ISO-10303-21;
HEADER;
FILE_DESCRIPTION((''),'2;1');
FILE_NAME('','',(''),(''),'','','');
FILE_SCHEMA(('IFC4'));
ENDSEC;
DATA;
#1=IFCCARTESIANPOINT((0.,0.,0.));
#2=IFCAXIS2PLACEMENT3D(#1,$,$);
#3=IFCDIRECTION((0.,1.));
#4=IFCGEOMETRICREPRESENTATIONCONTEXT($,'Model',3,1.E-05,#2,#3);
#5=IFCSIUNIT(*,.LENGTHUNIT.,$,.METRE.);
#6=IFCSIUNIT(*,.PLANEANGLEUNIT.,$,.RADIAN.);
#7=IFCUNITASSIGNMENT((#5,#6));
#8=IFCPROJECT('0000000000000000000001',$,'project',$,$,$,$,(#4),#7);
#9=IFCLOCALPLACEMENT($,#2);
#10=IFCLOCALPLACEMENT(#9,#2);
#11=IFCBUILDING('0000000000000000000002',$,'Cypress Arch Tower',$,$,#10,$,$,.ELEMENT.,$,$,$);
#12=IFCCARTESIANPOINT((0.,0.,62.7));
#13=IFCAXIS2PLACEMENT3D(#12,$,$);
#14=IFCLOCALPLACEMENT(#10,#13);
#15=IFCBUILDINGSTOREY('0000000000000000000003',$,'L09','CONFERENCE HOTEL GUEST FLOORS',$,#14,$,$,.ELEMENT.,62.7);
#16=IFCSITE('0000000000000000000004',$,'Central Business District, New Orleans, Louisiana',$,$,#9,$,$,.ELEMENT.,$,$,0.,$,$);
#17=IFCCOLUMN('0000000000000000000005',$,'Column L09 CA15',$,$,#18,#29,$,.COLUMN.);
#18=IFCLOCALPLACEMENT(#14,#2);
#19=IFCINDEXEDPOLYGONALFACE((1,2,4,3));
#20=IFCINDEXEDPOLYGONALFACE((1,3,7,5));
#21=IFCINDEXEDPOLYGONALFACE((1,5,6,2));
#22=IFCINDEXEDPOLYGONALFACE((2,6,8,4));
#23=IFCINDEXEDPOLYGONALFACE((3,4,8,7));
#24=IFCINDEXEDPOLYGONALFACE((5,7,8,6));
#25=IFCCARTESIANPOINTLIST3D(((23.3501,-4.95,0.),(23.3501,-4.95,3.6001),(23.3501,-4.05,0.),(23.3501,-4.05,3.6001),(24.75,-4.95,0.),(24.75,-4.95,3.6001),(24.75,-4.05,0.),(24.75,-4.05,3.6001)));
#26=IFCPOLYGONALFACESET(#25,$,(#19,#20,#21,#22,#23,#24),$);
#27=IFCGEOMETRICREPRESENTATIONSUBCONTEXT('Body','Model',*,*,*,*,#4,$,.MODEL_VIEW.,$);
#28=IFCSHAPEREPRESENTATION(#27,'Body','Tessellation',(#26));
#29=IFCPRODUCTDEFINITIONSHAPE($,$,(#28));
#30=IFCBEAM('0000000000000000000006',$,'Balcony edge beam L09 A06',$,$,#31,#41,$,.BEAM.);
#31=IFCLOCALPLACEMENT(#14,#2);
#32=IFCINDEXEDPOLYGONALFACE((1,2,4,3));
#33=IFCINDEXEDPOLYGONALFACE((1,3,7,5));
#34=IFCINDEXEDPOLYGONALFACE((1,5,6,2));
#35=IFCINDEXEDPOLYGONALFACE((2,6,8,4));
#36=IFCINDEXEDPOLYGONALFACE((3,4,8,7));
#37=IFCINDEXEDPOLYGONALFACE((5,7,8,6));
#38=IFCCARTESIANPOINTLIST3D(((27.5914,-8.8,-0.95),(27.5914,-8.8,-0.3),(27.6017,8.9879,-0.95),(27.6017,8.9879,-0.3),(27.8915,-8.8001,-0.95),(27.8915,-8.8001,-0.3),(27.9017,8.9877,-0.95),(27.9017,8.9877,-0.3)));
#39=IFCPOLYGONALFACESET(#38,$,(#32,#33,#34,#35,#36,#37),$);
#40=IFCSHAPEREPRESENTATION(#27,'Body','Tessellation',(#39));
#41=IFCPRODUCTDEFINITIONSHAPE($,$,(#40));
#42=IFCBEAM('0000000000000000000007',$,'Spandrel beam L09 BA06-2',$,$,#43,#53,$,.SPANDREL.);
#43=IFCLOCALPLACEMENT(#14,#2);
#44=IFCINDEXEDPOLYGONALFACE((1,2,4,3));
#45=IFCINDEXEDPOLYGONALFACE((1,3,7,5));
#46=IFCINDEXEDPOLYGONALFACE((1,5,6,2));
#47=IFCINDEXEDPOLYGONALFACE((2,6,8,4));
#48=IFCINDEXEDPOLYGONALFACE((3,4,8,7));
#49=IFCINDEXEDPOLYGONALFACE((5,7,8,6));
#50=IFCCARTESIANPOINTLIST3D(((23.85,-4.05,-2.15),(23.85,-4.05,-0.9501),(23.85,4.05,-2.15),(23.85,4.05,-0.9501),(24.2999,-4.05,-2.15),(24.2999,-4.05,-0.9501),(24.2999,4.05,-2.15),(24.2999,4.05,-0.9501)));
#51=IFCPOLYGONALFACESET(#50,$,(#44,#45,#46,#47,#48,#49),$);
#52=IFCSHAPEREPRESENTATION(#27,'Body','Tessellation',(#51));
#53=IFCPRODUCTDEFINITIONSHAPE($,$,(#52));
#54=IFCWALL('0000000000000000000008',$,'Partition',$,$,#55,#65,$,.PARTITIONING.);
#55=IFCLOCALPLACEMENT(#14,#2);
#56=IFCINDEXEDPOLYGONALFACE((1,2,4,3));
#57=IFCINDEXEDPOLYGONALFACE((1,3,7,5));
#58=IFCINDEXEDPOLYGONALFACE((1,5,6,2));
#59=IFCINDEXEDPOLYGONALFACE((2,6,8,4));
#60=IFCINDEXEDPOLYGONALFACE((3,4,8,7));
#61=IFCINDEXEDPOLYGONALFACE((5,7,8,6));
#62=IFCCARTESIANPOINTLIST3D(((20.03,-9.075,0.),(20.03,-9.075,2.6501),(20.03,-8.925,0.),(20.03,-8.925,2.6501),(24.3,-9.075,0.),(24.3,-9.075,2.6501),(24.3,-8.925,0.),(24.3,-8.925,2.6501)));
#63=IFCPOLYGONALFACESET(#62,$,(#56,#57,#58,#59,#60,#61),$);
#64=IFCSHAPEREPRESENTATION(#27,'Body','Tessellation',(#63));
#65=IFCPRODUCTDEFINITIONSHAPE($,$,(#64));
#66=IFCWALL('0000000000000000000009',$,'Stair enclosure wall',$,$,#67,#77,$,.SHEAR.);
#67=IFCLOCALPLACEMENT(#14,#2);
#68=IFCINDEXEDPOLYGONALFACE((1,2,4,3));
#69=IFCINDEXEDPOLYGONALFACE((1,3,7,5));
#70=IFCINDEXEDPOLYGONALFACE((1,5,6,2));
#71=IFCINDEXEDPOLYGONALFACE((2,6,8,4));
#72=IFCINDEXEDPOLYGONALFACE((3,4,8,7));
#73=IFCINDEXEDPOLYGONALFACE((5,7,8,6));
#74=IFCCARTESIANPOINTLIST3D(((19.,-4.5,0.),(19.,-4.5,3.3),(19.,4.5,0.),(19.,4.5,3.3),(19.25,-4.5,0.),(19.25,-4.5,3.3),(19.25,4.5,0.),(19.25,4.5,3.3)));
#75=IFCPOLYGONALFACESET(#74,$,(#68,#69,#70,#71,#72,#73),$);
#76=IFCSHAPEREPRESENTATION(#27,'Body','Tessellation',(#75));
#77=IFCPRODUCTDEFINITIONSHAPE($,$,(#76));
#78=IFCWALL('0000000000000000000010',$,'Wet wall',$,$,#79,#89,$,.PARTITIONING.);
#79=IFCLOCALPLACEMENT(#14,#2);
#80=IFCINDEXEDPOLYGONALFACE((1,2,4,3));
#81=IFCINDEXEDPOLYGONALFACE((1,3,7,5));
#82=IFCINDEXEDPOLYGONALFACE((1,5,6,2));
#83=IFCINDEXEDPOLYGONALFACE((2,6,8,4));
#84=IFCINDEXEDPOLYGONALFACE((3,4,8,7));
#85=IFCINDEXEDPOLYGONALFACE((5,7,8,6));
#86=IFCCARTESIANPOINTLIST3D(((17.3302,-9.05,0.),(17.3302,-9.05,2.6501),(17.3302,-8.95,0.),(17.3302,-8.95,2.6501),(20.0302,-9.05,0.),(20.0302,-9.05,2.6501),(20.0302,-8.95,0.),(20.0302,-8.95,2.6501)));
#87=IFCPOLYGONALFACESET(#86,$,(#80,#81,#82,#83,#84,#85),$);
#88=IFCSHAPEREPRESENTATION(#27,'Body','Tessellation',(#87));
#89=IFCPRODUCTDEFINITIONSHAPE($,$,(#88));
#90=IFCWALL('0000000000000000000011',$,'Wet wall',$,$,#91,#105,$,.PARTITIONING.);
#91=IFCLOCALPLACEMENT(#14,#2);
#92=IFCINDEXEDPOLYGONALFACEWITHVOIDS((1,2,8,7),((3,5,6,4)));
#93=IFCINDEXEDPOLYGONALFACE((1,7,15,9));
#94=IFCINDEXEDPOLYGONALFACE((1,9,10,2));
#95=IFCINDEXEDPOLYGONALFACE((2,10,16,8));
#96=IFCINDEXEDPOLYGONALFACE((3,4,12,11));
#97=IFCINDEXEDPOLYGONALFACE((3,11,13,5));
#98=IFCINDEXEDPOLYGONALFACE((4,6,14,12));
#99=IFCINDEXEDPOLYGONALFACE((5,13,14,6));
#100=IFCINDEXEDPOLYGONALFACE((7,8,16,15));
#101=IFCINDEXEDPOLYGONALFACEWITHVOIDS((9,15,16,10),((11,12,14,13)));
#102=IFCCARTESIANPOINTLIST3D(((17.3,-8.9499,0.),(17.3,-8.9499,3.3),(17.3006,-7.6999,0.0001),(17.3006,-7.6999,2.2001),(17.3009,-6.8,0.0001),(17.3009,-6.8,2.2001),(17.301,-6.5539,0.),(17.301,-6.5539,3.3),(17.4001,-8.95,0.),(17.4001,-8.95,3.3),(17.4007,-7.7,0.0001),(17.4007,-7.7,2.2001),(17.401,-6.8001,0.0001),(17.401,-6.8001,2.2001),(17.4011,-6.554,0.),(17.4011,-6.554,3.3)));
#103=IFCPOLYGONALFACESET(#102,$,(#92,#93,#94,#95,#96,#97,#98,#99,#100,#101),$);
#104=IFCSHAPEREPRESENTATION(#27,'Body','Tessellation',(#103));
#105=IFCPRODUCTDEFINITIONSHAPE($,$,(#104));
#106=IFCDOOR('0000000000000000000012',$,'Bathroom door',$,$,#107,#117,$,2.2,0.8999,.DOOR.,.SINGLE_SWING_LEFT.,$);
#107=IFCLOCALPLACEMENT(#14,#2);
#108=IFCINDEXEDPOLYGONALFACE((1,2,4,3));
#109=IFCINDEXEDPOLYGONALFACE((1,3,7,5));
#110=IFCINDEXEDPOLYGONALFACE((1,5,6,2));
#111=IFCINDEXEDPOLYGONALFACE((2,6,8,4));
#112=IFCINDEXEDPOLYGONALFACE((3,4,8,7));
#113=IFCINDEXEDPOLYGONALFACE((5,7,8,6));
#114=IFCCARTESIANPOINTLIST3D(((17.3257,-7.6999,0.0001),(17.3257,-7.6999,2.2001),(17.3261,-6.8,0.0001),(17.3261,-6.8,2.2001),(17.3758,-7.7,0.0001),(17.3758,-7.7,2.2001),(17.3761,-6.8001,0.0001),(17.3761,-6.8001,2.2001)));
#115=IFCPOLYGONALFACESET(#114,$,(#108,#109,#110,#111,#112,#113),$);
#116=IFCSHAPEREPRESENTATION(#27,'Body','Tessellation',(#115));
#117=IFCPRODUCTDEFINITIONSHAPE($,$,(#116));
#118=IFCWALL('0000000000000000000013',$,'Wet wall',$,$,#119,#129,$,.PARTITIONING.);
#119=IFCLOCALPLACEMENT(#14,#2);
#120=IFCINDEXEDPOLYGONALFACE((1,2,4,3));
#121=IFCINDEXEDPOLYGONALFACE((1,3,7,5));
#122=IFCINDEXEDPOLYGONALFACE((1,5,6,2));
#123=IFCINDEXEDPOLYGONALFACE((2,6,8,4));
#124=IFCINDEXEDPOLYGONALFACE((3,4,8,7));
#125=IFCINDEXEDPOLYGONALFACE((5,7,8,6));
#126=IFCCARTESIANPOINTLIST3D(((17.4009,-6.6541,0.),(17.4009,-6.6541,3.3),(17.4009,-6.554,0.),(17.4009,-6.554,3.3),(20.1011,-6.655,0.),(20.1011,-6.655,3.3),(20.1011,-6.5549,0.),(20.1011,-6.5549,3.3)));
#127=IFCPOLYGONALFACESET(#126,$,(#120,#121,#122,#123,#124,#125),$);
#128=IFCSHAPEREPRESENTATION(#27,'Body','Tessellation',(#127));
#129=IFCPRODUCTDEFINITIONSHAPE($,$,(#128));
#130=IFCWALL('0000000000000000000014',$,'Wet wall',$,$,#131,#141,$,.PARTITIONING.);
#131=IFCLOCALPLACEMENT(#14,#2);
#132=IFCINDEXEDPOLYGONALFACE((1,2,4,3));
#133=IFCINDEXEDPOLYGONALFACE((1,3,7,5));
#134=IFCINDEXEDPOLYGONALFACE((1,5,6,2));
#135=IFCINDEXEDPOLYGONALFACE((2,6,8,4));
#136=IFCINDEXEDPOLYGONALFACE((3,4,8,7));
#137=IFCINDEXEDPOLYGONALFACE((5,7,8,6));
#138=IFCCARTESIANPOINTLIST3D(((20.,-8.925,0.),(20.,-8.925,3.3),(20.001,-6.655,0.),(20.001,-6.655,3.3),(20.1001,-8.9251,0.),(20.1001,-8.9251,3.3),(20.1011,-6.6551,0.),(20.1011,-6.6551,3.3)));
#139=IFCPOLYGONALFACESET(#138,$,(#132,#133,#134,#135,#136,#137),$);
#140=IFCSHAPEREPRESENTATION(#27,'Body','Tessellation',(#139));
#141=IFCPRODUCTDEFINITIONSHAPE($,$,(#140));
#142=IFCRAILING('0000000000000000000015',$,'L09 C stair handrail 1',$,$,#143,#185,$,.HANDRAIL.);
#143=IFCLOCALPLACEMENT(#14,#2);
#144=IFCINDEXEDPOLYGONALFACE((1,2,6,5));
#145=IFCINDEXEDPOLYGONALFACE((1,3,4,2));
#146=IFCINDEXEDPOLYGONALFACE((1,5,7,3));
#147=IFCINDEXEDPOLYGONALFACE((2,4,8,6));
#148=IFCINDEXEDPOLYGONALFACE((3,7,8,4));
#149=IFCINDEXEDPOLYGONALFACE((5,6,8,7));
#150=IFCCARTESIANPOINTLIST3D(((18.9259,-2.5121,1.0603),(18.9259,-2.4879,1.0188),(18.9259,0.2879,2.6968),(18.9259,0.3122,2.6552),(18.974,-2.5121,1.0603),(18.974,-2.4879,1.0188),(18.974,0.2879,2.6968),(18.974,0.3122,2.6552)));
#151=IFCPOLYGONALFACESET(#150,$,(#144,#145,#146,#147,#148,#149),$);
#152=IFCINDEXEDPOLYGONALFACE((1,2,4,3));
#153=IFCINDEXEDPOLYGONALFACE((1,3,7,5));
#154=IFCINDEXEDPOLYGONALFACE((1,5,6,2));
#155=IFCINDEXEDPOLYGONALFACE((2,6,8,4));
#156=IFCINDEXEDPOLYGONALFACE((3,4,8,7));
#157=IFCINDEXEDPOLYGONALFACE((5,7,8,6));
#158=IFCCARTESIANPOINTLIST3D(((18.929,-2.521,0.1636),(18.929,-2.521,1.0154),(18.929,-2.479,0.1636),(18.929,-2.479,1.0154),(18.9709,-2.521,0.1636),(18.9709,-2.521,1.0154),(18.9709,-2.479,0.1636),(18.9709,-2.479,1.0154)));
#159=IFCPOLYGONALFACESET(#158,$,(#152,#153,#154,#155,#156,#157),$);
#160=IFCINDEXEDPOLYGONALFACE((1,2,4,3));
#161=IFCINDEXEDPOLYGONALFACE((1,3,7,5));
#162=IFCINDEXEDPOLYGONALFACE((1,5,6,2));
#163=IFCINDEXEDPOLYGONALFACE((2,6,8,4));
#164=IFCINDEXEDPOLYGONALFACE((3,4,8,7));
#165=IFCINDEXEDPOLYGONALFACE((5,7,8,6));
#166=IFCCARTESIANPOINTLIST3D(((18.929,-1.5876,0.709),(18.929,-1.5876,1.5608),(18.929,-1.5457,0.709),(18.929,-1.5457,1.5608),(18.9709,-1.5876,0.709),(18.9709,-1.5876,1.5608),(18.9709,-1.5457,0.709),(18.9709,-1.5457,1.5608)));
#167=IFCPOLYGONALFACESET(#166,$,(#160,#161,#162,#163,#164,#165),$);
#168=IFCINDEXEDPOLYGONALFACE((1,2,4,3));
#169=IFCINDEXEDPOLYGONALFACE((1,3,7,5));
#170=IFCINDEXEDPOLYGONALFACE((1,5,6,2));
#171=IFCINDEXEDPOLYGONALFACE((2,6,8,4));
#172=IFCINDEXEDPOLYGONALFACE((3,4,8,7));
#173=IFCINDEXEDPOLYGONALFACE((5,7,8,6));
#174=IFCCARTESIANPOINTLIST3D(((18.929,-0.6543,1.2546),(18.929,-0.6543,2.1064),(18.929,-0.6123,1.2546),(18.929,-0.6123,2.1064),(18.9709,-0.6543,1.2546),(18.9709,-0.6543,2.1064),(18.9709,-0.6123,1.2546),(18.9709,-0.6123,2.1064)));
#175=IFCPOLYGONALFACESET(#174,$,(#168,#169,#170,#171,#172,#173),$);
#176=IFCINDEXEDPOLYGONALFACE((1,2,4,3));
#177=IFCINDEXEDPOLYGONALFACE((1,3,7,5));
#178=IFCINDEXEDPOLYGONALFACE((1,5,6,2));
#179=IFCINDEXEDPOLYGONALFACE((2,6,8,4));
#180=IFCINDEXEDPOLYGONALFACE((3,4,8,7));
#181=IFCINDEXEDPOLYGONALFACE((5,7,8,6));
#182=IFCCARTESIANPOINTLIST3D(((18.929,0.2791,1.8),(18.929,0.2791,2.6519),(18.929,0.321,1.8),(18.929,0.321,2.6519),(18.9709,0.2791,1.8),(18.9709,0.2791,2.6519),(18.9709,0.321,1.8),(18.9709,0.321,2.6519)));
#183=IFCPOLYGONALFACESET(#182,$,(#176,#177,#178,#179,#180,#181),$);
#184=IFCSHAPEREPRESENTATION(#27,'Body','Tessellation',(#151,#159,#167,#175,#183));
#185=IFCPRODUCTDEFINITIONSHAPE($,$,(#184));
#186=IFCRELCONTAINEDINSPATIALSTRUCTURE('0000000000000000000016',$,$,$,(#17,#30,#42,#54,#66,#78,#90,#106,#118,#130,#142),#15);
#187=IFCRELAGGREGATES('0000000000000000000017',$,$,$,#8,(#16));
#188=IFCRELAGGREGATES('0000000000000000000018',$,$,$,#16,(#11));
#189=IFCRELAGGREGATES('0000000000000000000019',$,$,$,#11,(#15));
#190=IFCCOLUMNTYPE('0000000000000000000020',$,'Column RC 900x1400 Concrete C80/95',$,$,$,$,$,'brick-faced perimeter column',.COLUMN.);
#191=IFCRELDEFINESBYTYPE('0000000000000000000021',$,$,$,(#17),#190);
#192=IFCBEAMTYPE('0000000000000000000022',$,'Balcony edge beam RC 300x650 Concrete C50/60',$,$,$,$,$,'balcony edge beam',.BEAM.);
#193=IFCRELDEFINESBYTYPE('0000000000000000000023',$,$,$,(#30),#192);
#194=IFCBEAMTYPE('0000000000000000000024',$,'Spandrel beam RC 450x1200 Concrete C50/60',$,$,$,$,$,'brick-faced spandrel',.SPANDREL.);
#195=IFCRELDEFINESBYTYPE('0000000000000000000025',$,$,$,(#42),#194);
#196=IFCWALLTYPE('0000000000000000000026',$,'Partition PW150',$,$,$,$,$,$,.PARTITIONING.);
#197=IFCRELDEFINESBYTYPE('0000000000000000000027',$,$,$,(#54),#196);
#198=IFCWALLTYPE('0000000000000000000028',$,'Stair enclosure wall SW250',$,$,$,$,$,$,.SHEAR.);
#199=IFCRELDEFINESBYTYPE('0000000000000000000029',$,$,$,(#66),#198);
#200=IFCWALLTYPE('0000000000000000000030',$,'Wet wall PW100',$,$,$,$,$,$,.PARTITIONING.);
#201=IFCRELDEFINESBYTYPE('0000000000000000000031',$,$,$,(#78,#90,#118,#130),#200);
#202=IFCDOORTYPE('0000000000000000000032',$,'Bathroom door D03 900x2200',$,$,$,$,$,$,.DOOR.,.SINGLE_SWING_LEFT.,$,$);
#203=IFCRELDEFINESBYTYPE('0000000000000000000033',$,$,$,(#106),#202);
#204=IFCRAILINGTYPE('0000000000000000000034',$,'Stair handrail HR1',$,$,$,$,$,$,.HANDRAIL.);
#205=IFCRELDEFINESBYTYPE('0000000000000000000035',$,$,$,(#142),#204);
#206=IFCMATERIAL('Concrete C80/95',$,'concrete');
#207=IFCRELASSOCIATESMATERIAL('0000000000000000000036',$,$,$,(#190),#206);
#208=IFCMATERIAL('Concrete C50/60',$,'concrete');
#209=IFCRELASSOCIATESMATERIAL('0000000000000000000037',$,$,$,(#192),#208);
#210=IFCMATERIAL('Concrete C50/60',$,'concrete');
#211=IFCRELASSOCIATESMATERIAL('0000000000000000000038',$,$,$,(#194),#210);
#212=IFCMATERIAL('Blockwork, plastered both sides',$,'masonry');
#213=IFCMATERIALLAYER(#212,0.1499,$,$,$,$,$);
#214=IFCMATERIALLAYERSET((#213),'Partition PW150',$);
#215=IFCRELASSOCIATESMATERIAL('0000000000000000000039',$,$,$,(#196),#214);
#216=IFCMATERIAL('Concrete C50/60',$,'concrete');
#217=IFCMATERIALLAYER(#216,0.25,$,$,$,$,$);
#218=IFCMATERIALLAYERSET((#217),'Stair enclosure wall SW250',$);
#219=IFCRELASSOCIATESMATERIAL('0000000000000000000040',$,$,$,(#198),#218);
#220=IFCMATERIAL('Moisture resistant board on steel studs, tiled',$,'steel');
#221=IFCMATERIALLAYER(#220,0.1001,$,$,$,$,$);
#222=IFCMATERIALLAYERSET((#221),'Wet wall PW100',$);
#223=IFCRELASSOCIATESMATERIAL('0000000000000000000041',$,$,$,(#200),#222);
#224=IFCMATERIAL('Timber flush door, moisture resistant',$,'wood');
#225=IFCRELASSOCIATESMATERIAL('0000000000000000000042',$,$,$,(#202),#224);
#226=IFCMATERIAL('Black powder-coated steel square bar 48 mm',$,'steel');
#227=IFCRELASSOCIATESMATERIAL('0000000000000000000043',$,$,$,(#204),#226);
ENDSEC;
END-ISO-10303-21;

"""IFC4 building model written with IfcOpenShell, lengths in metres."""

from ifc_helpers import new_model, si_unit, direction, frame, frame_2d, origin, origin_2d, place, context, subcontext, project, spatial, rectangle, extrude, material, layer, layer_set, material_profile, profile_set, type_object, element, fill, save


model = new_model("IFC4")

# Units and contexts
model_context = context("Model", 3, precision=1e-05, world=origin(), true_north=direction((0.0, 1.0)))
body_context = subcontext(model_context, "Body", "Model", "MODEL_VIEW")
ifc_project = project(units=[si_unit("LENGTHUNIT", "METRE"), si_unit("PLANEANGLEUNIT", "RADIAN")], contexts=[model_context])

# Site, building, storey
site_placement = place(None, origin())
site = spatial("IfcSite", under=ifc_project, at=site_placement, Name="Central Business District, New Orleans, Louisiana", CompositionType="ELEMENT", RefElevation=0.0)
building_placement = place(site_placement, origin())
building = spatial("IfcBuilding", under=site, at=building_placement, Name="Cypress Arch Tower", CompositionType="ELEMENT")
storey_placement = place(building_placement, frame((0.0, 0.0, 62.7)))
storey = spatial("IfcBuildingStorey", under=building, at=storey_placement, Name="L09", Description="CONFERENCE HOTEL GUEST FLOORS", CompositionType="ELEMENT", Elevation=62.7)

# Column
ifc_material_1 = material(Name="Concrete C80/95", Category="concrete")
ifc_material_profile_1 = material_profile(ifc_material_1, rectangle(XDim=0.8999, YDim=1.3999, at=origin_2d()), Name="RC 900x1400")
ifc_profile_set_1 = profile_set([ifc_material_profile_1], Name="Concrete C80/95")
column_type = type_object("IfcColumnType", Name="Column RC 900x1400 Concrete C80/95", ElementType="brick-faced perimeter column", PredefinedType="COLUMN", material=ifc_profile_set_1)
column_placement = place(storey_placement, frame((24.05, -4.5, 0.0), z_axis=(0.0, 0.0, 1.0), x_axis=(0.0, 1.0, 0.0)))
element("IfcColumn", 1, at=column_placement, inside=storey, type_object=column_type, Name="Column L09 CA15", PredefinedType="COLUMN", context=body_context, shape_type="SweptSolid", body=[
    extrude(rectangle(XDim=0.8999, YDim=1.3999, at=origin_2d()), origin(), (0.0, 0.0, 1.0), 3.6001),
])

# Beams
ifc_material_2 = material(Name="Concrete C50/60", Category="concrete")
ifc_material_profile_2 = material_profile(ifc_material_2, rectangle(XDim=0.3, YDim=0.6499, at=origin_2d()), Name="RC 300x650")
ifc_profile_set_2 = profile_set([ifc_material_profile_2], Name="Concrete C50/60")
beam_type_1 = type_object("IfcBeamType", Name="Balcony edge beam RC 300x650 Concrete C50/60", ElementType="balcony edge beam", PredefinedType="BEAM", material=ifc_profile_set_2)
beam_1_placement = place(storey_placement, frame((27.7415, -8.8, -0.625), z_axis=(0.000576, 1.0, 0.0), x_axis=(-1.0, 0.000576, 0.0)))
element("IfcBeam", 2, at=beam_1_placement, inside=storey, type_object=beam_type_1, Name="Balcony edge beam L09 A06", PredefinedType="BEAM", context=body_context, shape_type="SweptSolid", body=[
    extrude(rectangle(XDim=0.3, YDim=0.6499, at=origin_2d()), origin(), (0.0, 0.0, 1.0), 17.7878),
])
ifc_material_3 = material(Name="Concrete C50/60", Category="concrete")
ifc_material_profile_3 = material_profile(ifc_material_3, rectangle(XDim=0.45, YDim=1.2, at=origin_2d()), Name="RC 450x1200")
ifc_profile_set_3 = profile_set([ifc_material_profile_3], Name="Concrete C50/60")
beam_type_2 = type_object("IfcBeamType", Name="Spandrel beam RC 450x1200 Concrete C50/60", ElementType="brick-faced spandrel", PredefinedType="SPANDREL", material=ifc_profile_set_3)
beam_2_placement = place(storey_placement, frame((24.075, -4.05, -1.55), z_axis=(0.0, 1.0, 0.0), x_axis=(-1.0, 0.0, 0.0)))
element("IfcBeam", 3, at=beam_2_placement, inside=storey, type_object=beam_type_2, Name="Spandrel beam L09 BA06-2", PredefinedType="SPANDREL", context=body_context, shape_type="SweptSolid", body=[
    extrude(rectangle(XDim=0.45, YDim=1.2, at=origin_2d()), origin(), (0.0, 0.0, 1.0), 8.1001),
])

# Walls
ifc_material_4 = material(Name="Blockwork, plastered both sides", Category="masonry")
ifc_layer_1 = layer(ifc_material_4, 0.1499)
ifc_layer_set_1 = layer_set([ifc_layer_1], Name="Partition PW150")
wall_type_1 = type_object("IfcWallType", Name="Partition PW150", PredefinedType="PARTITIONING", material=ifc_layer_set_1)
wall_1_placement = place(storey_placement, frame((20.03, -9.0, 0.0), z_axis=(0.0, 0.0, 1.0), x_axis=(1.0, 0.0, 0.0)))
element("IfcWall", 4, at=wall_1_placement, inside=storey, type_object=wall_type_1, Name="Partition", PredefinedType="PARTITIONING", context=body_context, shape_type="SweptSolid", body=[
    extrude(rectangle(XDim=4.27, YDim=0.1499, at=frame_2d((2.135, 0.0))), origin(), (0.0, 0.0, 1.0), 2.6501),
])
ifc_material_5 = material(Name="Concrete C50/60", Category="concrete")
ifc_layer_2 = layer(ifc_material_5, 0.25)
ifc_layer_set_2 = layer_set([ifc_layer_2], Name="Stair enclosure wall SW250")
wall_type_2 = type_object("IfcWallType", Name="Stair enclosure wall SW250", PredefinedType="SHEAR", material=ifc_layer_set_2)
wall_2_placement = place(storey_placement, frame((19.125, -4.5, 0.0), z_axis=(0.0, 0.0, 1.0), x_axis=(0.0, 1.0, 0.0)))
element("IfcWall", 5, at=wall_2_placement, inside=storey, type_object=wall_type_2, Name="Stair enclosure wall", PredefinedType="SHEAR", context=body_context, shape_type="SweptSolid", body=[
    extrude(rectangle(XDim=9.0, YDim=0.25, at=frame_2d((4.5, 0.0))), origin(), (0.0, 0.0, 1.0), 3.3),
])
ifc_material_6 = material(Name="Moisture resistant board on steel studs, tiled", Category="steel")
ifc_layer_3 = layer(ifc_material_6, 0.1001)
ifc_layer_set_3 = layer_set([ifc_layer_3], Name="Wet wall PW100")
wall_type_3 = type_object("IfcWallType", Name="Wet wall PW100", PredefinedType="PARTITIONING", material=ifc_layer_set_3)
wall_3_placement = place(storey_placement, frame((17.3301, -9.0, 0.0), z_axis=(0.0, 0.0, 1.0), x_axis=(1.0, 0.0, 0.0)))
element("IfcWall", 6, at=wall_3_placement, inside=storey, type_object=wall_type_3, Name="Wet wall", PredefinedType="PARTITIONING", context=body_context, shape_type="SweptSolid", body=[
    extrude(rectangle(XDim=2.7, YDim=0.1001, at=frame_2d((1.3501, 0.0))), origin(), (0.0, 0.0, 1.0), 2.6501),
])

# Wall, opening, door
wall_4_placement = place(storey_placement, frame((17.3501, -8.95, 0.0), z_axis=(0.0, 0.0, 1.0), x_axis=(0.000408, 1.0, 0.0)))
wall_4 = element("IfcWall", 7, at=wall_4_placement, inside=storey, type_object=wall_type_3, Name="Wet wall", PredefinedType="PARTITIONING", context=body_context, shape_type="SweptSolid", body=[
    extrude(rectangle(XDim=2.396, YDim=0.1001, at=frame_2d((1.198, 0.0))), origin(), (0.0, 0.0, 1.0), 3.3),
])
opening_1_placement = place(wall_4_placement, frame((1.25, 0.0, 0.0)))
opening_1 = element("IfcOpeningElement", 8, at=opening_1_placement, cuts=wall_4, PredefinedType="OPENING", context=body_context, shape_type="SweptSolid", body=[
    extrude(rectangle(XDim=0.8999, YDim=2.2, at=frame_2d((0.45, 1.1001))), frame((0.0, 0.0601, 0.0), z_axis=(0.0, -1.0, 0.0), x_axis=(1.0, 0.0, 0.0)), (0.0, 0.0, 1.0), 0.1201),
])
ifc_material_7 = material(Name="Timber flush door, moisture resistant", Category="wood")
door_type_1 = type_object("IfcDoorType", Name="Bathroom door D03 900x2200", OperationType="SINGLE_SWING_LEFT", PredefinedType="DOOR", material=ifc_material_7)
door_1_placement = place(opening_1_placement, origin())
door_1 = element("IfcDoor", 9, at=door_1_placement, inside=storey, type_object=door_type_1, Name="Bathroom door", OperationType="SINGLE_SWING_LEFT", OverallHeight=2.2, OverallWidth=0.8999, PredefinedType="DOOR", context=body_context, shape_type="SweptSolid", body=[
    extrude(rectangle(XDim=0.8999, YDim=2.2, at=frame_2d((0.45, 1.1001))), frame((0.0, 0.0249, 0.0), z_axis=(0.0, -1.0, 0.0), x_axis=(1.0, 0.0, 0.0)), (0.0, 0.0, 1.0), 0.05),
])
fill(opening_1, door_1)

# Walls
wall_5_placement = place(storey_placement, frame((17.4009, -6.604, 0.0), z_axis=(0.0, 0.0, 1.0), x_axis=(1.0, -0.000362, 0.0)))
element("IfcWall", 10, at=wall_5_placement, inside=storey, type_object=wall_type_3, Name="Wet wall", PredefinedType="PARTITIONING", context=body_context, shape_type="SweptSolid", body=[
    extrude(rectangle(XDim=2.7002, YDim=0.1001, at=frame_2d((1.3501, 0.0))), origin(), (0.0, 0.0, 1.0), 3.3),
])
wall_6_placement = place(storey_placement, frame((20.05, -8.925, 0.0), z_axis=(0.0, 0.0, 1.0), x_axis=(0.00043, 1.0, 0.0)))
element("IfcWall", 11, at=wall_6_placement, inside=storey, type_object=wall_type_3, Name="Wet wall", PredefinedType="PARTITIONING", context=body_context, shape_type="SweptSolid", body=[
    extrude(rectangle(XDim=2.27, YDim=0.1001, at=frame_2d((1.135, 0.0))), origin(), (0.0, 0.0, 1.0), 3.3),
])

# Railing
ifc_material_8 = material(Name="Black powder-coated steel square bar 48 mm", Category="steel")
railing_type_1 = type_object("IfcRailingType", Name="Stair handrail HR1", PredefinedType="HANDRAIL", material=ifc_material_8)
railing_1_placement = place(storey_placement, frame((18.95, -2.5, 0.1636)))
element("IfcRailing", 12, at=railing_1_placement, inside=storey, type_object=railing_type_1, Name="L09 C stair handrail 1", PredefinedType="HANDRAIL", context=body_context, shape_type="SweptSolid", body=[
    extrude(rectangle(XDim=0.0481, YDim=0.0481, at=origin_2d()), frame((0.0, 0.0, 0.876), z_axis=(0.0, 0.863361, 0.504587), x_axis=(-1.0, 0.0, 0.0)), (0.0, 0.0, 1.0), 3.2432),
    extrude(rectangle(XDim=0.042, YDim=0.042, at=origin_2d()), origin(), (0.0, 0.0, 1.0), 0.8518),
    extrude(rectangle(XDim=0.042, YDim=0.042, at=origin_2d()), frame((0.0, 0.9333, 0.5454)), (0.0, 0.0, 1.0), 0.8518),
    extrude(rectangle(XDim=0.042, YDim=0.042, at=origin_2d()), frame((0.0, 1.8667, 1.0911)), (0.0, 0.0, 1.0), 0.8518),
    extrude(rectangle(XDim=0.042, YDim=0.042, at=origin_2d()), frame((0.0, 2.8, 1.6365)), (0.0, 0.0, 1.0), 0.8518),
])

save(model, "model.ifc")
